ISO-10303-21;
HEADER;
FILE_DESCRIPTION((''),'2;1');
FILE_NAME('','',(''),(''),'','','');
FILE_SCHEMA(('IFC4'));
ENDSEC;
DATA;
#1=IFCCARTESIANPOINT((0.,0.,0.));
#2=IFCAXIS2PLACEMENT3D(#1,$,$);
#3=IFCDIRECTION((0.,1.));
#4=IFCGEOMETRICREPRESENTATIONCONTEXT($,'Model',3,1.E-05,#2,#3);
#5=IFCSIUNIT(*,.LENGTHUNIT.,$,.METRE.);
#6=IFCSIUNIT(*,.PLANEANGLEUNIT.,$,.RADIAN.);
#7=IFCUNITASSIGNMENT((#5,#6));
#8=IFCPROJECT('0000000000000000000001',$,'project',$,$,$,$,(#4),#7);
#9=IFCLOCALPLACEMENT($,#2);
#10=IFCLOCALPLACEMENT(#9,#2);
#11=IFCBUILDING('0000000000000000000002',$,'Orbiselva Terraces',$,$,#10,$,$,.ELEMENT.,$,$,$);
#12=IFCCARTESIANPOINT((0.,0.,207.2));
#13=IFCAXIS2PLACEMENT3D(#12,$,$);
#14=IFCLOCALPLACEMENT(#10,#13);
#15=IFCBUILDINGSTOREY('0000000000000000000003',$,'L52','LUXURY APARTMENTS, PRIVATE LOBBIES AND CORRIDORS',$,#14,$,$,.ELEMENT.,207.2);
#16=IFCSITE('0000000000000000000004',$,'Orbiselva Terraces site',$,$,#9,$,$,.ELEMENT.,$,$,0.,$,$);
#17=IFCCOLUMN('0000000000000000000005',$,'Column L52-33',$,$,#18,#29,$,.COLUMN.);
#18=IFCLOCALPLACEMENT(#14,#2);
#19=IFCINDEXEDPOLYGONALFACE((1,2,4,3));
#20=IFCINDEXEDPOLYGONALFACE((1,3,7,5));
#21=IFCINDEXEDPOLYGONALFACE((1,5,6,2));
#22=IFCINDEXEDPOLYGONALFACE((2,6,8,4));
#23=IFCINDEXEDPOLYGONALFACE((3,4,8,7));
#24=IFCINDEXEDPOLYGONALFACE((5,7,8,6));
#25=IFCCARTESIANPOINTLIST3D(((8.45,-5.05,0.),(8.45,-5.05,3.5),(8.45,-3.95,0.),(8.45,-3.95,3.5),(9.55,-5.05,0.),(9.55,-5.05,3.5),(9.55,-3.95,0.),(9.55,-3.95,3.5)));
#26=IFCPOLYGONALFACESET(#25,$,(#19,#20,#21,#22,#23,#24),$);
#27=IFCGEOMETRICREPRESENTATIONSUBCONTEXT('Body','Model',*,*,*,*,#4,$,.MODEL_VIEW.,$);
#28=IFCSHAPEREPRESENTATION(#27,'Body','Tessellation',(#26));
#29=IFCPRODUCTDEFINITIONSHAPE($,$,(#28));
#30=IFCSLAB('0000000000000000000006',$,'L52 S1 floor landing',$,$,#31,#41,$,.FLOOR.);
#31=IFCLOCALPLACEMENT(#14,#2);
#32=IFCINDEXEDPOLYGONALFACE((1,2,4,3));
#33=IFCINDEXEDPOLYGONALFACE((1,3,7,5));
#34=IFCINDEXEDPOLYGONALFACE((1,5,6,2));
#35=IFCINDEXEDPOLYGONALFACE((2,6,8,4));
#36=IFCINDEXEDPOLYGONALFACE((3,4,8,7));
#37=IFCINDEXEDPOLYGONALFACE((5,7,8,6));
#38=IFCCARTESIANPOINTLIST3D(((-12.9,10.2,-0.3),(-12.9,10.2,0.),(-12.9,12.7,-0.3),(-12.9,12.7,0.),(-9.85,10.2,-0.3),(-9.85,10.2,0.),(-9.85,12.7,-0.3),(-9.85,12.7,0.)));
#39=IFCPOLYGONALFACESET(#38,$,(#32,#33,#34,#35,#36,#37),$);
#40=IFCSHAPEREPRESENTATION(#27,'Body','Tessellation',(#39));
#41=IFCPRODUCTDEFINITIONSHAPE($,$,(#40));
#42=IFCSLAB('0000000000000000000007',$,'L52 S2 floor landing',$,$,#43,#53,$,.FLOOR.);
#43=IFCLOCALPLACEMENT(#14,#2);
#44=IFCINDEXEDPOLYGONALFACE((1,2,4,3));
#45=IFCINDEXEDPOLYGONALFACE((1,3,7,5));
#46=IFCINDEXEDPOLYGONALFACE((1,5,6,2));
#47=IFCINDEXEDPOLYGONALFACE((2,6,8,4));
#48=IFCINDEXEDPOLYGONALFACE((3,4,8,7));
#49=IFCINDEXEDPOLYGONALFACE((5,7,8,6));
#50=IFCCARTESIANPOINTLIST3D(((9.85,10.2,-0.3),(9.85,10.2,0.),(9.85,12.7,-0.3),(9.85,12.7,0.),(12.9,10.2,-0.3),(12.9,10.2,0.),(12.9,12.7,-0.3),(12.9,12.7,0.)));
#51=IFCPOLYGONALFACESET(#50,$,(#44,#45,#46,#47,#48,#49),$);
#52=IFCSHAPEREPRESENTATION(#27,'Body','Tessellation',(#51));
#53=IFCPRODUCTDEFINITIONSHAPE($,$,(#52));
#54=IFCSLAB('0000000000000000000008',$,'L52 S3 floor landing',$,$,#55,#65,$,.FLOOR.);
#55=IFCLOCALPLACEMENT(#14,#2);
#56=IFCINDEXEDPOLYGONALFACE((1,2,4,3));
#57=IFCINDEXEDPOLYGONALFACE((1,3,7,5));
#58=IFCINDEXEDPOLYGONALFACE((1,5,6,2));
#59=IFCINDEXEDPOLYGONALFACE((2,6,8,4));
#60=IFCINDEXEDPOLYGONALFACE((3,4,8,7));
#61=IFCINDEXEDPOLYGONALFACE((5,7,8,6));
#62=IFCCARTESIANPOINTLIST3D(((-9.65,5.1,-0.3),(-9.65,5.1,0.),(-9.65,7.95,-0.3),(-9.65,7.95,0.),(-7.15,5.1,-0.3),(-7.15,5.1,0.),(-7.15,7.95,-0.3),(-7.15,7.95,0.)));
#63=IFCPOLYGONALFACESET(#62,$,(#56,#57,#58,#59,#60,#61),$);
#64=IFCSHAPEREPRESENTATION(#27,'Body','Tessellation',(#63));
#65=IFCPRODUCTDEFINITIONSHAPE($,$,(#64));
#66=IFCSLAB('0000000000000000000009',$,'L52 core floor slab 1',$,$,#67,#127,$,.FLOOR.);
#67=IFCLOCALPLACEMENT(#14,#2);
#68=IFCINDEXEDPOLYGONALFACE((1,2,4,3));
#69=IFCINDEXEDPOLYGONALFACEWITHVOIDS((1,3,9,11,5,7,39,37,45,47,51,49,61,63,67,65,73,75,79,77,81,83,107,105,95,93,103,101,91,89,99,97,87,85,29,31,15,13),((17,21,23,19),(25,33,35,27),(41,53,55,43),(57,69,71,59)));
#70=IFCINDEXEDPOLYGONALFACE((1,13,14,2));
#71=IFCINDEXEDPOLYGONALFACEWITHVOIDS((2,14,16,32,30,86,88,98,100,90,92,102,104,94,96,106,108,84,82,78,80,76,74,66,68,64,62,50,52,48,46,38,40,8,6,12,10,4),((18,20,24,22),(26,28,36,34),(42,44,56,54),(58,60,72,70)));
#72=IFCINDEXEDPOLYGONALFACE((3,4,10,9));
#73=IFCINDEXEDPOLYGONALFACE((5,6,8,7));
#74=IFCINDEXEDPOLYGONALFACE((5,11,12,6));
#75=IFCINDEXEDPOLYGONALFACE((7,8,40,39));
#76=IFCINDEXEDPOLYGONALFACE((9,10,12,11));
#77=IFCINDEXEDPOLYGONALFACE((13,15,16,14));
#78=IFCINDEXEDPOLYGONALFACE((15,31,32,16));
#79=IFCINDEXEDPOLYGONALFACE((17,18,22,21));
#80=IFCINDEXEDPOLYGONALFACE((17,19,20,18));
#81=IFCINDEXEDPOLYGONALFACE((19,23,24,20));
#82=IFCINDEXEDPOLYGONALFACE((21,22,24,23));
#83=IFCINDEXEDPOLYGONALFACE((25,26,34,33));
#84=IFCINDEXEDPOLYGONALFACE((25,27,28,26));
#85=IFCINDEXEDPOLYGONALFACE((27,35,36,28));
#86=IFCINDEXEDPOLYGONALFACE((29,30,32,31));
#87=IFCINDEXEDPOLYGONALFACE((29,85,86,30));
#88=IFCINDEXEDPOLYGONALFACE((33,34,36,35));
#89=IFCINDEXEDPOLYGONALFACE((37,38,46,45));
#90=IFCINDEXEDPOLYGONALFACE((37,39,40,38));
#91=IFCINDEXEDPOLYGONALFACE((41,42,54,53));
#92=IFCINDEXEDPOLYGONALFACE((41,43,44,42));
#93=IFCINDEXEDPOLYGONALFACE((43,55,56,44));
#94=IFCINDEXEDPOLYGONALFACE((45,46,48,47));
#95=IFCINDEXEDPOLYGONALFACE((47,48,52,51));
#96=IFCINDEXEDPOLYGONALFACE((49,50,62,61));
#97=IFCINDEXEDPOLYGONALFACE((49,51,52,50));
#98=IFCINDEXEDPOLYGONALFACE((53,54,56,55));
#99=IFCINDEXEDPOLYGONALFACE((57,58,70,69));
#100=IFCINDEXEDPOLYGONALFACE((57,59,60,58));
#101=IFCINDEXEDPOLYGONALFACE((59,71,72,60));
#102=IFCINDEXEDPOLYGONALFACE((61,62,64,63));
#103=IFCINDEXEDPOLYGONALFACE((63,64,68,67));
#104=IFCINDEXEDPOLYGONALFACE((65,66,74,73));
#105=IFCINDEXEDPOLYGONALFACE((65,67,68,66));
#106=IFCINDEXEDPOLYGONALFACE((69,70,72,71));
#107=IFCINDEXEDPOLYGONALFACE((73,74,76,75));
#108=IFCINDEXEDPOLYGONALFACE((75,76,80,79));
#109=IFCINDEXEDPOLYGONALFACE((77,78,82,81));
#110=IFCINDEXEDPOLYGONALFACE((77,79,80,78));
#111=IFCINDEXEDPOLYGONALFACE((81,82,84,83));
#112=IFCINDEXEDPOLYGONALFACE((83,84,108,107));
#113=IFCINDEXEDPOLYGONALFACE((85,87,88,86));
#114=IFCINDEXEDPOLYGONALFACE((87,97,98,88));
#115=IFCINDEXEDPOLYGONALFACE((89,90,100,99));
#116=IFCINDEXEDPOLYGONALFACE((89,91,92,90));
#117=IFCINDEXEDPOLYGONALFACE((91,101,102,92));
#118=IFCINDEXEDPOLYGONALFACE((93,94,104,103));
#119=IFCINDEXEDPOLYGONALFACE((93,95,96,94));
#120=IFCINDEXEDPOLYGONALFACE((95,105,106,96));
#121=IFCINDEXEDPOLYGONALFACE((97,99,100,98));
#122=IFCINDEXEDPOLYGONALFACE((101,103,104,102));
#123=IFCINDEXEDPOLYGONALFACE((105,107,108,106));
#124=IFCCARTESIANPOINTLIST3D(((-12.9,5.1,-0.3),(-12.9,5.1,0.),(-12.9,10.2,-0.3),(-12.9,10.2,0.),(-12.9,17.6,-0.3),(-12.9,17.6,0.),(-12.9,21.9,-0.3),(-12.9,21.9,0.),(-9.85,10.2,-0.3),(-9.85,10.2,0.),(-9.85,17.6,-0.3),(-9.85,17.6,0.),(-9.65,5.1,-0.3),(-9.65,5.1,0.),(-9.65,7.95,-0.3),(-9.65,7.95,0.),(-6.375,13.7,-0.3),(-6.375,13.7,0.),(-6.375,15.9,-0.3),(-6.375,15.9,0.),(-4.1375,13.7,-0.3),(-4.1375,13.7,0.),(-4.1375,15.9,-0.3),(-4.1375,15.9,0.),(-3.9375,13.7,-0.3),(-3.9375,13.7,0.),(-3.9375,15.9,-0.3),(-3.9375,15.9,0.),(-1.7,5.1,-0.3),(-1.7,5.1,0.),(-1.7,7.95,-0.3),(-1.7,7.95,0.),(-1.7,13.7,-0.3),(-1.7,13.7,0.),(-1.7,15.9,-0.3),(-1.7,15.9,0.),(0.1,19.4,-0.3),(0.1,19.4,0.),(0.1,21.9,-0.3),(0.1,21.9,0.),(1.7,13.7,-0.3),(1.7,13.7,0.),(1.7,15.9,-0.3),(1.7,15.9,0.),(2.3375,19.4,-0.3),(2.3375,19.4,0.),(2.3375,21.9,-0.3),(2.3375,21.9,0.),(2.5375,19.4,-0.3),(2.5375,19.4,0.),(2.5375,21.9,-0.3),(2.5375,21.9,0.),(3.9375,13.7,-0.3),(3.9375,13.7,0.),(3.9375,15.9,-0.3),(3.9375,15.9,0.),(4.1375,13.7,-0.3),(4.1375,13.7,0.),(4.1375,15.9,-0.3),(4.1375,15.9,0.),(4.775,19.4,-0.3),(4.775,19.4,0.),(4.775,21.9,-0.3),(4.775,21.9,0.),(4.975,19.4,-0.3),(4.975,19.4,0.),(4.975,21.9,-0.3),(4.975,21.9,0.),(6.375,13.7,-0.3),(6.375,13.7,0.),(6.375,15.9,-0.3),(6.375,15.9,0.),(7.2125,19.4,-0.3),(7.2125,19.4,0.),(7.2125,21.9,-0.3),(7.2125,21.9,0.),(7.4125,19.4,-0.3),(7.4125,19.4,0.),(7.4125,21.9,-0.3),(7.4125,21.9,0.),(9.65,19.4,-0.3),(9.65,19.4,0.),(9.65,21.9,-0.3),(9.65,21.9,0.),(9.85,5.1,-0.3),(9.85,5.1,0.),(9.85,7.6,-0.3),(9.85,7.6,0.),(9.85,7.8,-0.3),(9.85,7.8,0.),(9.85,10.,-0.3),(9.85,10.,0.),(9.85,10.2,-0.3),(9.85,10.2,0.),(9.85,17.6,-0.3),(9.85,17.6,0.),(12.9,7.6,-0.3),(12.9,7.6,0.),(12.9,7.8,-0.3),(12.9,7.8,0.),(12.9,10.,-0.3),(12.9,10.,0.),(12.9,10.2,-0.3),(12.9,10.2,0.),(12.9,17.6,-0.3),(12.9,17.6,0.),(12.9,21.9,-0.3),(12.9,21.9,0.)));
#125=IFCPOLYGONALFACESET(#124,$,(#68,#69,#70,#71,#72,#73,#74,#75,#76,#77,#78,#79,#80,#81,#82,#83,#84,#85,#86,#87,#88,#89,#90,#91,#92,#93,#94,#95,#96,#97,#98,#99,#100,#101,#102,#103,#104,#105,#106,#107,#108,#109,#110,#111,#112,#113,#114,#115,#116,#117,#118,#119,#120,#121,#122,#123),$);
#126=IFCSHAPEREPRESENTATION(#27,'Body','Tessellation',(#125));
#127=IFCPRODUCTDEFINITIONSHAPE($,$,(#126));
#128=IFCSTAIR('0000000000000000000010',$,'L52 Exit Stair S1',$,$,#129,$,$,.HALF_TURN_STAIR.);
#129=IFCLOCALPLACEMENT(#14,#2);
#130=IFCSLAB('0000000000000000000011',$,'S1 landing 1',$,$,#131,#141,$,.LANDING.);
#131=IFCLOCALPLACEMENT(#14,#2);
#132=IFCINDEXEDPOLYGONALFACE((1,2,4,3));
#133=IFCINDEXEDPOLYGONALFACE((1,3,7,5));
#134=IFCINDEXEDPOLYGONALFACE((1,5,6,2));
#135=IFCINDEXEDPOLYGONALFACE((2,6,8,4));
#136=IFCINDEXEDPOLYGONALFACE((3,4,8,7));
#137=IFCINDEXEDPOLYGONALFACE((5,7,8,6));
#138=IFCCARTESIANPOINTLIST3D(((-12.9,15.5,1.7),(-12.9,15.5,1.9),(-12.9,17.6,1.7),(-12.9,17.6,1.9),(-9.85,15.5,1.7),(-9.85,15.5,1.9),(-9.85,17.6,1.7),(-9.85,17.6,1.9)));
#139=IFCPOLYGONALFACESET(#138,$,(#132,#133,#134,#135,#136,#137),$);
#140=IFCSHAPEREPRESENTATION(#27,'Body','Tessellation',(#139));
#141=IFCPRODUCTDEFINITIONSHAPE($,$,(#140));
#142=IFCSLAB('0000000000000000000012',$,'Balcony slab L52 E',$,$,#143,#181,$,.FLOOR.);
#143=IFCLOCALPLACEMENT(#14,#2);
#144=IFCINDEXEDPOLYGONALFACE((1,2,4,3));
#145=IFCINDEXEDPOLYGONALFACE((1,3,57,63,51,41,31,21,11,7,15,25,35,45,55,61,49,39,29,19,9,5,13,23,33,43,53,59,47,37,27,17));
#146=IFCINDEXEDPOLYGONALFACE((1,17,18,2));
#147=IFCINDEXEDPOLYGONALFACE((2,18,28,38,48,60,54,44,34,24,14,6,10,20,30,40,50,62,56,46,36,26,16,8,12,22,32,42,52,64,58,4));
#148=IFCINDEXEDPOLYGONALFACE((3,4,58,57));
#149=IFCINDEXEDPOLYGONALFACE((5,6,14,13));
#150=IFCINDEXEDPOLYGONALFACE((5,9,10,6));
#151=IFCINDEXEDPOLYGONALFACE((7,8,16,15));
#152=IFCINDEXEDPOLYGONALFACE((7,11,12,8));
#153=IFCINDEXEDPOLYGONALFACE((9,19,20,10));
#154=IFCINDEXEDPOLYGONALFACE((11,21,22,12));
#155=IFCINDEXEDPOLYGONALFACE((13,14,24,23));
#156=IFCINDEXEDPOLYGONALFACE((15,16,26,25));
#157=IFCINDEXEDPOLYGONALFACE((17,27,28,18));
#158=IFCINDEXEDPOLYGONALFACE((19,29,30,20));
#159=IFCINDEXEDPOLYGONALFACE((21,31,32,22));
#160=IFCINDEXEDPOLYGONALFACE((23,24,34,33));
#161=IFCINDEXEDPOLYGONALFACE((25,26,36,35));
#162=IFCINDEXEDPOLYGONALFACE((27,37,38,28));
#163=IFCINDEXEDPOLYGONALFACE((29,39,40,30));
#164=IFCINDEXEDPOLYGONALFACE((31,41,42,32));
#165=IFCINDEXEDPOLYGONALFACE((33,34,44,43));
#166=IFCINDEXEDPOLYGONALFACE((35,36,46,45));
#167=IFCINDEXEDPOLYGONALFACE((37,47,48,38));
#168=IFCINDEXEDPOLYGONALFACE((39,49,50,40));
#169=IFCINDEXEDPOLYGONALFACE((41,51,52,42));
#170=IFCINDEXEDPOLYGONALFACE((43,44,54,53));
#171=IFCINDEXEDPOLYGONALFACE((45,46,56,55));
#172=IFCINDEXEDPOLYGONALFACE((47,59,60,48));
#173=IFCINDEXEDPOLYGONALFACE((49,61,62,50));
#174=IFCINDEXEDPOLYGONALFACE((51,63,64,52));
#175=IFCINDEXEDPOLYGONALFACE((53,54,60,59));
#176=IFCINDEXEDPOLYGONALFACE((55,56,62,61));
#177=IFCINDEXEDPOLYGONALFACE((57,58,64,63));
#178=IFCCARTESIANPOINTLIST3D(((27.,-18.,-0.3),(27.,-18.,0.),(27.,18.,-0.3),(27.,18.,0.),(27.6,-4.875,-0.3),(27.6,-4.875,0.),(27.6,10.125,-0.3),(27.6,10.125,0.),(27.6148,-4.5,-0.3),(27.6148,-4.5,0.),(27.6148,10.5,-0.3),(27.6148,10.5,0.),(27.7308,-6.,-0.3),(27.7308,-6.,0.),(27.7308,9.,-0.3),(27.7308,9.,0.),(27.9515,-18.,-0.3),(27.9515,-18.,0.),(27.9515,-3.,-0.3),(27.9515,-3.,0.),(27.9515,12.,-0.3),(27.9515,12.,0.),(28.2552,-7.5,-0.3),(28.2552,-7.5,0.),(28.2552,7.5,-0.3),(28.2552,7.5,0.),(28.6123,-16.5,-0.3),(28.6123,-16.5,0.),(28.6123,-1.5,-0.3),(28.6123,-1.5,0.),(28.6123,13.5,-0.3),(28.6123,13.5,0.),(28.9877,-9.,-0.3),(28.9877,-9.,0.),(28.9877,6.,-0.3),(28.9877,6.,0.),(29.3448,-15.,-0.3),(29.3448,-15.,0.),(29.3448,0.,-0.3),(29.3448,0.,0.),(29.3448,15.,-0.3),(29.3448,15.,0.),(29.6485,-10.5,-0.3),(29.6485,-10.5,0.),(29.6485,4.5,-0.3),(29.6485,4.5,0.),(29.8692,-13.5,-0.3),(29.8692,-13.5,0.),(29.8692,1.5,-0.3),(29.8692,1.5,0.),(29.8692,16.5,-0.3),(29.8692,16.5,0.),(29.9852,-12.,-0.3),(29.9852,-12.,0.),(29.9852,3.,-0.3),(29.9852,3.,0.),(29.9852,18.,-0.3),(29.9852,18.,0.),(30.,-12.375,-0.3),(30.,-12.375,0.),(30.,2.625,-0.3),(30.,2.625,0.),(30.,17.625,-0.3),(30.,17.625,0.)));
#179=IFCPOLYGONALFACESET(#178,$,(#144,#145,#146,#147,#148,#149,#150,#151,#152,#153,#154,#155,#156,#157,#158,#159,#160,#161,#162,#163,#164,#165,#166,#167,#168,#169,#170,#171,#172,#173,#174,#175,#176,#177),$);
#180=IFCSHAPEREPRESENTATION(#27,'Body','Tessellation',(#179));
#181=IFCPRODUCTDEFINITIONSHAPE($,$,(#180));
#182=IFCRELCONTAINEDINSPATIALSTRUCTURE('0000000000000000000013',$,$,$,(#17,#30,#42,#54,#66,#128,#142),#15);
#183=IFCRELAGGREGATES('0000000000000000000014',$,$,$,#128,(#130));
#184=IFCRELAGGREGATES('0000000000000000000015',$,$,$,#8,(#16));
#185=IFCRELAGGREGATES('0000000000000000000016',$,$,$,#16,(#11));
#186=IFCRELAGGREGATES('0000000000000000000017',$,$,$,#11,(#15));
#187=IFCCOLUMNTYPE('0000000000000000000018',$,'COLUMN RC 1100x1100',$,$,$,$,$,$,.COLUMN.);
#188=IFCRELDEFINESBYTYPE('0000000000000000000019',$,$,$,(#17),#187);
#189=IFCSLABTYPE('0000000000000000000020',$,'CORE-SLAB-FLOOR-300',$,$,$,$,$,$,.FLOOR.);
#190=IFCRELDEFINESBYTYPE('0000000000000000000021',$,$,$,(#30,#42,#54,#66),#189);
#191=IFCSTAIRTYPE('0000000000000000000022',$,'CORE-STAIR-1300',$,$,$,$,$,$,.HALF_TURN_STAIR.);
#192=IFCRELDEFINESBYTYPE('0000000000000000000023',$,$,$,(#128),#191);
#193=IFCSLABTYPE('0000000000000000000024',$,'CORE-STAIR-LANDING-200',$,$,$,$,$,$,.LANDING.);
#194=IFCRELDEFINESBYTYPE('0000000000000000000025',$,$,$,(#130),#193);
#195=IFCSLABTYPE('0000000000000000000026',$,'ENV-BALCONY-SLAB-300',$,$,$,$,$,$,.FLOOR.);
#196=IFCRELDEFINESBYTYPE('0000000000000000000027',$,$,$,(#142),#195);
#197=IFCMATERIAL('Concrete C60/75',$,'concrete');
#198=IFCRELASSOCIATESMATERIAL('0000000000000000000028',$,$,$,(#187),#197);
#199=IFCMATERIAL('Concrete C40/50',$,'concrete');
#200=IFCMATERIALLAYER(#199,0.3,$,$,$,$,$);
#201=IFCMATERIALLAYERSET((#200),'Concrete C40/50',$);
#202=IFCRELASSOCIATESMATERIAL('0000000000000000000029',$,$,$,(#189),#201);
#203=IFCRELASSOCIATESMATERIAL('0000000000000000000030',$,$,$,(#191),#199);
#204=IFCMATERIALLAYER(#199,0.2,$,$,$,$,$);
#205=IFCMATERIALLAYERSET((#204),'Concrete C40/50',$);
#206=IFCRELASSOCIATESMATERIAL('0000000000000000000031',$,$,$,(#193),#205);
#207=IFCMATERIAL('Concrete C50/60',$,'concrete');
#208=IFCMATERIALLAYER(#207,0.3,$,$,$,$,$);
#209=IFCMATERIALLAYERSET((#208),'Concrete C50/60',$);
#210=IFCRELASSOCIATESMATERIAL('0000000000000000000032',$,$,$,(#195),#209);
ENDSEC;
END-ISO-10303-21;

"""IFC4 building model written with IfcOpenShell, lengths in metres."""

from ifc_helpers import new_model, si_unit, direction, frame, origin, origin_2d, place, context, subcontext, project, spatial, polyline, rectangle, outline, extrude, material, layer, layer_set, material_profile, profile_set, type_object, element, aggregate, save


model = new_model("IFC4")

# Units and contexts
model_context = context("Model", 3, precision=1e-05, world=origin(), true_north=direction((0.0, 1.0)))
body_context = subcontext(model_context, "Body", "Model", "MODEL_VIEW")
ifc_project = project(units=[si_unit("LENGTHUNIT", "METRE"), si_unit("PLANEANGLEUNIT", "RADIAN")], contexts=[model_context])

# Site, building, storey
site_placement = place(None, origin())
site = spatial("IfcSite", under=ifc_project, at=site_placement, Name="Orbiselva Terraces site", CompositionType="ELEMENT", RefElevation=0.0)
building_placement = place(site_placement, origin())
building = spatial("IfcBuilding", under=site, at=building_placement, Name="Orbiselva Terraces", CompositionType="ELEMENT")
storey_placement = place(building_placement, frame((0.0, 0.0, 207.2)))
storey = spatial("IfcBuildingStorey", under=building, at=storey_placement, Name="L52", Description="LUXURY APARTMENTS, PRIVATE LOBBIES AND CORRIDORS", CompositionType="ELEMENT", Elevation=207.2)

# Column
ifc_material_1 = material(Name="Concrete C60/75", Category="concrete")
ifc_material_profile = material_profile(ifc_material_1, rectangle(XDim=1.1, YDim=1.1, at=origin_2d()), Name="RC 1100x1100")
ifc_profile_set = profile_set([ifc_material_profile], Name="Concrete C60/75")
column_type = type_object("IfcColumnType", Name="COLUMN RC 1100x1100", PredefinedType="COLUMN", material=ifc_profile_set)
column_placement = place(storey_placement, frame((9.0, -4.5, 0.0), z_axis=(0.0, 0.0, 1.0), x_axis=(1.0, 0.0, 0.0)))
element("IfcColumn", 1, at=column_placement, inside=storey, type_object=column_type, Name="Column L52-33", PredefinedType="COLUMN", context=body_context, shape_type="SweptSolid", body=[
    extrude(rectangle(XDim=1.1, YDim=1.1, at=origin_2d()), origin(), (0.0, 0.0, 1.0), 3.5),
])

# Slabs
ifc_material_2 = material(Name="Concrete C40/50", Category="concrete")
ifc_layer_1 = layer(ifc_material_2, 0.3)
ifc_layer_set_1 = layer_set([ifc_layer_1], Name="Concrete C40/50")
slab_type_1 = type_object("IfcSlabType", Name="CORE-SLAB-FLOOR-300", PredefinedType="FLOOR", material=ifc_layer_set_1)
slab_1_placement = place(storey_placement, frame((0.0, 0.0, -0.3)))
element("IfcSlab", 2, at=slab_1_placement, inside=storey, type_object=slab_type_1, Name="L52 S1 floor landing", PredefinedType="FLOOR", context=body_context, shape_type="SweptSolid", body=[
    extrude(outline(polyline([(-12.9, 12.7), (-9.85, 12.7), (-9.85, 10.2), (-12.9, 10.2), (-12.9, 12.7)])), origin(), (0.0, 0.0, 1.0), 0.3),
])
slab_2_placement = place(storey_placement, frame((0.0, 0.0, -0.3)))
element("IfcSlab", 3, at=slab_2_placement, inside=storey, type_object=slab_type_1, Name="L52 S2 floor landing", PredefinedType="FLOOR", context=body_context, shape_type="SweptSolid", body=[
    extrude(outline(polyline([(12.9, 12.7), (12.9, 10.2), (9.85, 10.2), (9.85, 12.7), (12.9, 12.7)])), origin(), (0.0, 0.0, 1.0), 0.3),
])
slab_3_placement = place(storey_placement, frame((0.0, 0.0, -0.3)))
element("IfcSlab", 4, at=slab_3_placement, inside=storey, type_object=slab_type_1, Name="L52 S3 floor landing", PredefinedType="FLOOR", context=body_context, shape_type="SweptSolid", body=[
    extrude(outline(polyline([(-7.15, 5.1), (-9.65, 5.1), (-9.65, 7.95), (-7.15, 7.95), (-7.15, 5.1)])), origin(), (0.0, 0.0, 1.0), 0.3),
])
slab_4_placement = place(storey_placement, frame((0.0, 0.0, -0.3)))
element("IfcSlab", 5, at=slab_4_placement, inside=storey, type_object=slab_type_1, Name="L52 core floor slab 1", PredefinedType="FLOOR", context=body_context, shape_type="SweptSolid", body=[
    extrude(outline(polyline([(-1.7, 5.1), (-1.7, 7.95), (-9.65, 7.95), (-9.65, 5.1), (-12.9, 5.1), (-12.9, 10.2), (-9.85, 10.2), (-9.85, 17.6), (-12.9, 17.6), (-12.9, 21.9), (0.1, 21.9), (0.1, 19.4), (2.3375, 19.4), (2.3375, 21.9), (2.5375, 21.9), (2.5375, 19.4), (4.775, 19.4), (4.775, 21.9), (4.975, 21.9), (4.975, 19.4), (7.2125, 19.4), (7.2125, 21.9), (7.4125, 21.9), (7.4125, 19.4), (9.65, 19.4), (9.65, 21.9), (12.9, 21.9), (12.9, 17.6), (9.85, 17.6), (9.85, 10.2), (12.9, 10.2), (12.9, 10.0), (9.85, 10.0), (9.85, 7.8), (12.9, 7.8), (12.9, 7.6), (9.85, 7.6), (9.85, 5.1), (-1.7, 5.1)]), holes=[polyline([(-4.1375, 13.7), (-4.1375, 15.9), (-6.375, 15.9), (-6.375, 13.7), (-4.1375, 13.7)]), polyline([(-1.7, 13.7), (-1.7, 15.9), (-3.9375, 15.9), (-3.9375, 13.7), (-1.7, 13.7)]), polyline([(3.9375, 15.9), (1.7, 15.9), (1.7, 13.7), (3.9375, 13.7), (3.9375, 15.9)]), polyline([(6.375, 13.7), (6.375, 15.9), (4.1375, 15.9), (4.1375, 13.7), (6.375, 13.7)])]), origin(), (0.0, 0.0, 1.0), 0.3),
])

# Stair, slab
stair_type = type_object("IfcStairType", Name="CORE-STAIR-1300", PredefinedType="HALF_TURN_STAIR", material=ifc_material_2)
stair_placement = place(storey_placement, origin())
stair = element("IfcStair", 6, at=stair_placement, inside=storey, type_object=stair_type, Name="L52 Exit Stair S1", PredefinedType="HALF_TURN_STAIR")
ifc_layer_2 = layer(ifc_material_2, 0.2)
ifc_layer_set_2 = layer_set([ifc_layer_2], Name="Concrete C40/50")
slab_type_2 = type_object("IfcSlabType", Name="CORE-STAIR-LANDING-200", PredefinedType="LANDING", material=ifc_layer_set_2)
slab_5_placement = place(storey_placement, frame((0.0, 0.0, 1.7)))
slab_5 = element("IfcSlab", 7, at=slab_5_placement, type_object=slab_type_2, Name="S1 landing 1", PredefinedType="LANDING", context=body_context, shape_type="SweptSolid", body=[
    extrude(outline(polyline([(-9.85, 15.5), (-9.85, 17.6), (-12.9, 17.6), (-12.9, 15.5), (-9.85, 15.5)])), origin(), (0.0, 0.0, 1.0), 0.2),
])
aggregate(stair, [slab_5])

# Slab
ifc_material_3 = material(Name="Concrete C50/60", Category="concrete")
ifc_layer_3 = layer(ifc_material_3, 0.3)
ifc_layer_set_3 = layer_set([ifc_layer_3], Name="Concrete C50/60")
slab_type_3 = type_object("IfcSlabType", Name="ENV-BALCONY-SLAB-300", PredefinedType="FLOOR", material=ifc_layer_set_3)
slab_6_placement = place(storey_placement, frame((0.0, 0.0, -0.3)))
element("IfcSlab", 8, at=slab_6_placement, inside=storey, type_object=slab_type_3, Name="Balcony slab L52 E", PredefinedType="FLOOR", context=body_context, shape_type="SweptSolid", body=[
    extrude(outline(polyline([(27.9515, -18.0), (28.6123, -16.5), (29.3448, -15.0), (29.8692, -13.5), (30.0, -12.375), (29.9852, -12.0), (29.6485, -10.5), (28.9877, -9.0), (28.2552, -7.5), (27.7308, -6.0), (27.6, -4.875), (27.6148, -4.5), (27.9515, -3.0), (28.6123, -1.5), (29.3448, 0.0), (29.8692, 1.5), (30.0, 2.625), (29.9852, 3.0), (29.6485, 4.5), (28.9877, 6.0), (28.2552, 7.5), (27.7308, 9.0), (27.6, 10.125), (27.6148, 10.5), (27.9515, 12.0), (28.6123, 13.5), (29.3448, 15.0), (29.8692, 16.5), (30.0, 17.625), (29.9852, 18.0), (27.0, 18.0), (27.0, -18.0), (27.9515, -18.0)])), origin(), (0.0, 0.0, 1.0), 0.3),
])

save(model, "model.ifc")
